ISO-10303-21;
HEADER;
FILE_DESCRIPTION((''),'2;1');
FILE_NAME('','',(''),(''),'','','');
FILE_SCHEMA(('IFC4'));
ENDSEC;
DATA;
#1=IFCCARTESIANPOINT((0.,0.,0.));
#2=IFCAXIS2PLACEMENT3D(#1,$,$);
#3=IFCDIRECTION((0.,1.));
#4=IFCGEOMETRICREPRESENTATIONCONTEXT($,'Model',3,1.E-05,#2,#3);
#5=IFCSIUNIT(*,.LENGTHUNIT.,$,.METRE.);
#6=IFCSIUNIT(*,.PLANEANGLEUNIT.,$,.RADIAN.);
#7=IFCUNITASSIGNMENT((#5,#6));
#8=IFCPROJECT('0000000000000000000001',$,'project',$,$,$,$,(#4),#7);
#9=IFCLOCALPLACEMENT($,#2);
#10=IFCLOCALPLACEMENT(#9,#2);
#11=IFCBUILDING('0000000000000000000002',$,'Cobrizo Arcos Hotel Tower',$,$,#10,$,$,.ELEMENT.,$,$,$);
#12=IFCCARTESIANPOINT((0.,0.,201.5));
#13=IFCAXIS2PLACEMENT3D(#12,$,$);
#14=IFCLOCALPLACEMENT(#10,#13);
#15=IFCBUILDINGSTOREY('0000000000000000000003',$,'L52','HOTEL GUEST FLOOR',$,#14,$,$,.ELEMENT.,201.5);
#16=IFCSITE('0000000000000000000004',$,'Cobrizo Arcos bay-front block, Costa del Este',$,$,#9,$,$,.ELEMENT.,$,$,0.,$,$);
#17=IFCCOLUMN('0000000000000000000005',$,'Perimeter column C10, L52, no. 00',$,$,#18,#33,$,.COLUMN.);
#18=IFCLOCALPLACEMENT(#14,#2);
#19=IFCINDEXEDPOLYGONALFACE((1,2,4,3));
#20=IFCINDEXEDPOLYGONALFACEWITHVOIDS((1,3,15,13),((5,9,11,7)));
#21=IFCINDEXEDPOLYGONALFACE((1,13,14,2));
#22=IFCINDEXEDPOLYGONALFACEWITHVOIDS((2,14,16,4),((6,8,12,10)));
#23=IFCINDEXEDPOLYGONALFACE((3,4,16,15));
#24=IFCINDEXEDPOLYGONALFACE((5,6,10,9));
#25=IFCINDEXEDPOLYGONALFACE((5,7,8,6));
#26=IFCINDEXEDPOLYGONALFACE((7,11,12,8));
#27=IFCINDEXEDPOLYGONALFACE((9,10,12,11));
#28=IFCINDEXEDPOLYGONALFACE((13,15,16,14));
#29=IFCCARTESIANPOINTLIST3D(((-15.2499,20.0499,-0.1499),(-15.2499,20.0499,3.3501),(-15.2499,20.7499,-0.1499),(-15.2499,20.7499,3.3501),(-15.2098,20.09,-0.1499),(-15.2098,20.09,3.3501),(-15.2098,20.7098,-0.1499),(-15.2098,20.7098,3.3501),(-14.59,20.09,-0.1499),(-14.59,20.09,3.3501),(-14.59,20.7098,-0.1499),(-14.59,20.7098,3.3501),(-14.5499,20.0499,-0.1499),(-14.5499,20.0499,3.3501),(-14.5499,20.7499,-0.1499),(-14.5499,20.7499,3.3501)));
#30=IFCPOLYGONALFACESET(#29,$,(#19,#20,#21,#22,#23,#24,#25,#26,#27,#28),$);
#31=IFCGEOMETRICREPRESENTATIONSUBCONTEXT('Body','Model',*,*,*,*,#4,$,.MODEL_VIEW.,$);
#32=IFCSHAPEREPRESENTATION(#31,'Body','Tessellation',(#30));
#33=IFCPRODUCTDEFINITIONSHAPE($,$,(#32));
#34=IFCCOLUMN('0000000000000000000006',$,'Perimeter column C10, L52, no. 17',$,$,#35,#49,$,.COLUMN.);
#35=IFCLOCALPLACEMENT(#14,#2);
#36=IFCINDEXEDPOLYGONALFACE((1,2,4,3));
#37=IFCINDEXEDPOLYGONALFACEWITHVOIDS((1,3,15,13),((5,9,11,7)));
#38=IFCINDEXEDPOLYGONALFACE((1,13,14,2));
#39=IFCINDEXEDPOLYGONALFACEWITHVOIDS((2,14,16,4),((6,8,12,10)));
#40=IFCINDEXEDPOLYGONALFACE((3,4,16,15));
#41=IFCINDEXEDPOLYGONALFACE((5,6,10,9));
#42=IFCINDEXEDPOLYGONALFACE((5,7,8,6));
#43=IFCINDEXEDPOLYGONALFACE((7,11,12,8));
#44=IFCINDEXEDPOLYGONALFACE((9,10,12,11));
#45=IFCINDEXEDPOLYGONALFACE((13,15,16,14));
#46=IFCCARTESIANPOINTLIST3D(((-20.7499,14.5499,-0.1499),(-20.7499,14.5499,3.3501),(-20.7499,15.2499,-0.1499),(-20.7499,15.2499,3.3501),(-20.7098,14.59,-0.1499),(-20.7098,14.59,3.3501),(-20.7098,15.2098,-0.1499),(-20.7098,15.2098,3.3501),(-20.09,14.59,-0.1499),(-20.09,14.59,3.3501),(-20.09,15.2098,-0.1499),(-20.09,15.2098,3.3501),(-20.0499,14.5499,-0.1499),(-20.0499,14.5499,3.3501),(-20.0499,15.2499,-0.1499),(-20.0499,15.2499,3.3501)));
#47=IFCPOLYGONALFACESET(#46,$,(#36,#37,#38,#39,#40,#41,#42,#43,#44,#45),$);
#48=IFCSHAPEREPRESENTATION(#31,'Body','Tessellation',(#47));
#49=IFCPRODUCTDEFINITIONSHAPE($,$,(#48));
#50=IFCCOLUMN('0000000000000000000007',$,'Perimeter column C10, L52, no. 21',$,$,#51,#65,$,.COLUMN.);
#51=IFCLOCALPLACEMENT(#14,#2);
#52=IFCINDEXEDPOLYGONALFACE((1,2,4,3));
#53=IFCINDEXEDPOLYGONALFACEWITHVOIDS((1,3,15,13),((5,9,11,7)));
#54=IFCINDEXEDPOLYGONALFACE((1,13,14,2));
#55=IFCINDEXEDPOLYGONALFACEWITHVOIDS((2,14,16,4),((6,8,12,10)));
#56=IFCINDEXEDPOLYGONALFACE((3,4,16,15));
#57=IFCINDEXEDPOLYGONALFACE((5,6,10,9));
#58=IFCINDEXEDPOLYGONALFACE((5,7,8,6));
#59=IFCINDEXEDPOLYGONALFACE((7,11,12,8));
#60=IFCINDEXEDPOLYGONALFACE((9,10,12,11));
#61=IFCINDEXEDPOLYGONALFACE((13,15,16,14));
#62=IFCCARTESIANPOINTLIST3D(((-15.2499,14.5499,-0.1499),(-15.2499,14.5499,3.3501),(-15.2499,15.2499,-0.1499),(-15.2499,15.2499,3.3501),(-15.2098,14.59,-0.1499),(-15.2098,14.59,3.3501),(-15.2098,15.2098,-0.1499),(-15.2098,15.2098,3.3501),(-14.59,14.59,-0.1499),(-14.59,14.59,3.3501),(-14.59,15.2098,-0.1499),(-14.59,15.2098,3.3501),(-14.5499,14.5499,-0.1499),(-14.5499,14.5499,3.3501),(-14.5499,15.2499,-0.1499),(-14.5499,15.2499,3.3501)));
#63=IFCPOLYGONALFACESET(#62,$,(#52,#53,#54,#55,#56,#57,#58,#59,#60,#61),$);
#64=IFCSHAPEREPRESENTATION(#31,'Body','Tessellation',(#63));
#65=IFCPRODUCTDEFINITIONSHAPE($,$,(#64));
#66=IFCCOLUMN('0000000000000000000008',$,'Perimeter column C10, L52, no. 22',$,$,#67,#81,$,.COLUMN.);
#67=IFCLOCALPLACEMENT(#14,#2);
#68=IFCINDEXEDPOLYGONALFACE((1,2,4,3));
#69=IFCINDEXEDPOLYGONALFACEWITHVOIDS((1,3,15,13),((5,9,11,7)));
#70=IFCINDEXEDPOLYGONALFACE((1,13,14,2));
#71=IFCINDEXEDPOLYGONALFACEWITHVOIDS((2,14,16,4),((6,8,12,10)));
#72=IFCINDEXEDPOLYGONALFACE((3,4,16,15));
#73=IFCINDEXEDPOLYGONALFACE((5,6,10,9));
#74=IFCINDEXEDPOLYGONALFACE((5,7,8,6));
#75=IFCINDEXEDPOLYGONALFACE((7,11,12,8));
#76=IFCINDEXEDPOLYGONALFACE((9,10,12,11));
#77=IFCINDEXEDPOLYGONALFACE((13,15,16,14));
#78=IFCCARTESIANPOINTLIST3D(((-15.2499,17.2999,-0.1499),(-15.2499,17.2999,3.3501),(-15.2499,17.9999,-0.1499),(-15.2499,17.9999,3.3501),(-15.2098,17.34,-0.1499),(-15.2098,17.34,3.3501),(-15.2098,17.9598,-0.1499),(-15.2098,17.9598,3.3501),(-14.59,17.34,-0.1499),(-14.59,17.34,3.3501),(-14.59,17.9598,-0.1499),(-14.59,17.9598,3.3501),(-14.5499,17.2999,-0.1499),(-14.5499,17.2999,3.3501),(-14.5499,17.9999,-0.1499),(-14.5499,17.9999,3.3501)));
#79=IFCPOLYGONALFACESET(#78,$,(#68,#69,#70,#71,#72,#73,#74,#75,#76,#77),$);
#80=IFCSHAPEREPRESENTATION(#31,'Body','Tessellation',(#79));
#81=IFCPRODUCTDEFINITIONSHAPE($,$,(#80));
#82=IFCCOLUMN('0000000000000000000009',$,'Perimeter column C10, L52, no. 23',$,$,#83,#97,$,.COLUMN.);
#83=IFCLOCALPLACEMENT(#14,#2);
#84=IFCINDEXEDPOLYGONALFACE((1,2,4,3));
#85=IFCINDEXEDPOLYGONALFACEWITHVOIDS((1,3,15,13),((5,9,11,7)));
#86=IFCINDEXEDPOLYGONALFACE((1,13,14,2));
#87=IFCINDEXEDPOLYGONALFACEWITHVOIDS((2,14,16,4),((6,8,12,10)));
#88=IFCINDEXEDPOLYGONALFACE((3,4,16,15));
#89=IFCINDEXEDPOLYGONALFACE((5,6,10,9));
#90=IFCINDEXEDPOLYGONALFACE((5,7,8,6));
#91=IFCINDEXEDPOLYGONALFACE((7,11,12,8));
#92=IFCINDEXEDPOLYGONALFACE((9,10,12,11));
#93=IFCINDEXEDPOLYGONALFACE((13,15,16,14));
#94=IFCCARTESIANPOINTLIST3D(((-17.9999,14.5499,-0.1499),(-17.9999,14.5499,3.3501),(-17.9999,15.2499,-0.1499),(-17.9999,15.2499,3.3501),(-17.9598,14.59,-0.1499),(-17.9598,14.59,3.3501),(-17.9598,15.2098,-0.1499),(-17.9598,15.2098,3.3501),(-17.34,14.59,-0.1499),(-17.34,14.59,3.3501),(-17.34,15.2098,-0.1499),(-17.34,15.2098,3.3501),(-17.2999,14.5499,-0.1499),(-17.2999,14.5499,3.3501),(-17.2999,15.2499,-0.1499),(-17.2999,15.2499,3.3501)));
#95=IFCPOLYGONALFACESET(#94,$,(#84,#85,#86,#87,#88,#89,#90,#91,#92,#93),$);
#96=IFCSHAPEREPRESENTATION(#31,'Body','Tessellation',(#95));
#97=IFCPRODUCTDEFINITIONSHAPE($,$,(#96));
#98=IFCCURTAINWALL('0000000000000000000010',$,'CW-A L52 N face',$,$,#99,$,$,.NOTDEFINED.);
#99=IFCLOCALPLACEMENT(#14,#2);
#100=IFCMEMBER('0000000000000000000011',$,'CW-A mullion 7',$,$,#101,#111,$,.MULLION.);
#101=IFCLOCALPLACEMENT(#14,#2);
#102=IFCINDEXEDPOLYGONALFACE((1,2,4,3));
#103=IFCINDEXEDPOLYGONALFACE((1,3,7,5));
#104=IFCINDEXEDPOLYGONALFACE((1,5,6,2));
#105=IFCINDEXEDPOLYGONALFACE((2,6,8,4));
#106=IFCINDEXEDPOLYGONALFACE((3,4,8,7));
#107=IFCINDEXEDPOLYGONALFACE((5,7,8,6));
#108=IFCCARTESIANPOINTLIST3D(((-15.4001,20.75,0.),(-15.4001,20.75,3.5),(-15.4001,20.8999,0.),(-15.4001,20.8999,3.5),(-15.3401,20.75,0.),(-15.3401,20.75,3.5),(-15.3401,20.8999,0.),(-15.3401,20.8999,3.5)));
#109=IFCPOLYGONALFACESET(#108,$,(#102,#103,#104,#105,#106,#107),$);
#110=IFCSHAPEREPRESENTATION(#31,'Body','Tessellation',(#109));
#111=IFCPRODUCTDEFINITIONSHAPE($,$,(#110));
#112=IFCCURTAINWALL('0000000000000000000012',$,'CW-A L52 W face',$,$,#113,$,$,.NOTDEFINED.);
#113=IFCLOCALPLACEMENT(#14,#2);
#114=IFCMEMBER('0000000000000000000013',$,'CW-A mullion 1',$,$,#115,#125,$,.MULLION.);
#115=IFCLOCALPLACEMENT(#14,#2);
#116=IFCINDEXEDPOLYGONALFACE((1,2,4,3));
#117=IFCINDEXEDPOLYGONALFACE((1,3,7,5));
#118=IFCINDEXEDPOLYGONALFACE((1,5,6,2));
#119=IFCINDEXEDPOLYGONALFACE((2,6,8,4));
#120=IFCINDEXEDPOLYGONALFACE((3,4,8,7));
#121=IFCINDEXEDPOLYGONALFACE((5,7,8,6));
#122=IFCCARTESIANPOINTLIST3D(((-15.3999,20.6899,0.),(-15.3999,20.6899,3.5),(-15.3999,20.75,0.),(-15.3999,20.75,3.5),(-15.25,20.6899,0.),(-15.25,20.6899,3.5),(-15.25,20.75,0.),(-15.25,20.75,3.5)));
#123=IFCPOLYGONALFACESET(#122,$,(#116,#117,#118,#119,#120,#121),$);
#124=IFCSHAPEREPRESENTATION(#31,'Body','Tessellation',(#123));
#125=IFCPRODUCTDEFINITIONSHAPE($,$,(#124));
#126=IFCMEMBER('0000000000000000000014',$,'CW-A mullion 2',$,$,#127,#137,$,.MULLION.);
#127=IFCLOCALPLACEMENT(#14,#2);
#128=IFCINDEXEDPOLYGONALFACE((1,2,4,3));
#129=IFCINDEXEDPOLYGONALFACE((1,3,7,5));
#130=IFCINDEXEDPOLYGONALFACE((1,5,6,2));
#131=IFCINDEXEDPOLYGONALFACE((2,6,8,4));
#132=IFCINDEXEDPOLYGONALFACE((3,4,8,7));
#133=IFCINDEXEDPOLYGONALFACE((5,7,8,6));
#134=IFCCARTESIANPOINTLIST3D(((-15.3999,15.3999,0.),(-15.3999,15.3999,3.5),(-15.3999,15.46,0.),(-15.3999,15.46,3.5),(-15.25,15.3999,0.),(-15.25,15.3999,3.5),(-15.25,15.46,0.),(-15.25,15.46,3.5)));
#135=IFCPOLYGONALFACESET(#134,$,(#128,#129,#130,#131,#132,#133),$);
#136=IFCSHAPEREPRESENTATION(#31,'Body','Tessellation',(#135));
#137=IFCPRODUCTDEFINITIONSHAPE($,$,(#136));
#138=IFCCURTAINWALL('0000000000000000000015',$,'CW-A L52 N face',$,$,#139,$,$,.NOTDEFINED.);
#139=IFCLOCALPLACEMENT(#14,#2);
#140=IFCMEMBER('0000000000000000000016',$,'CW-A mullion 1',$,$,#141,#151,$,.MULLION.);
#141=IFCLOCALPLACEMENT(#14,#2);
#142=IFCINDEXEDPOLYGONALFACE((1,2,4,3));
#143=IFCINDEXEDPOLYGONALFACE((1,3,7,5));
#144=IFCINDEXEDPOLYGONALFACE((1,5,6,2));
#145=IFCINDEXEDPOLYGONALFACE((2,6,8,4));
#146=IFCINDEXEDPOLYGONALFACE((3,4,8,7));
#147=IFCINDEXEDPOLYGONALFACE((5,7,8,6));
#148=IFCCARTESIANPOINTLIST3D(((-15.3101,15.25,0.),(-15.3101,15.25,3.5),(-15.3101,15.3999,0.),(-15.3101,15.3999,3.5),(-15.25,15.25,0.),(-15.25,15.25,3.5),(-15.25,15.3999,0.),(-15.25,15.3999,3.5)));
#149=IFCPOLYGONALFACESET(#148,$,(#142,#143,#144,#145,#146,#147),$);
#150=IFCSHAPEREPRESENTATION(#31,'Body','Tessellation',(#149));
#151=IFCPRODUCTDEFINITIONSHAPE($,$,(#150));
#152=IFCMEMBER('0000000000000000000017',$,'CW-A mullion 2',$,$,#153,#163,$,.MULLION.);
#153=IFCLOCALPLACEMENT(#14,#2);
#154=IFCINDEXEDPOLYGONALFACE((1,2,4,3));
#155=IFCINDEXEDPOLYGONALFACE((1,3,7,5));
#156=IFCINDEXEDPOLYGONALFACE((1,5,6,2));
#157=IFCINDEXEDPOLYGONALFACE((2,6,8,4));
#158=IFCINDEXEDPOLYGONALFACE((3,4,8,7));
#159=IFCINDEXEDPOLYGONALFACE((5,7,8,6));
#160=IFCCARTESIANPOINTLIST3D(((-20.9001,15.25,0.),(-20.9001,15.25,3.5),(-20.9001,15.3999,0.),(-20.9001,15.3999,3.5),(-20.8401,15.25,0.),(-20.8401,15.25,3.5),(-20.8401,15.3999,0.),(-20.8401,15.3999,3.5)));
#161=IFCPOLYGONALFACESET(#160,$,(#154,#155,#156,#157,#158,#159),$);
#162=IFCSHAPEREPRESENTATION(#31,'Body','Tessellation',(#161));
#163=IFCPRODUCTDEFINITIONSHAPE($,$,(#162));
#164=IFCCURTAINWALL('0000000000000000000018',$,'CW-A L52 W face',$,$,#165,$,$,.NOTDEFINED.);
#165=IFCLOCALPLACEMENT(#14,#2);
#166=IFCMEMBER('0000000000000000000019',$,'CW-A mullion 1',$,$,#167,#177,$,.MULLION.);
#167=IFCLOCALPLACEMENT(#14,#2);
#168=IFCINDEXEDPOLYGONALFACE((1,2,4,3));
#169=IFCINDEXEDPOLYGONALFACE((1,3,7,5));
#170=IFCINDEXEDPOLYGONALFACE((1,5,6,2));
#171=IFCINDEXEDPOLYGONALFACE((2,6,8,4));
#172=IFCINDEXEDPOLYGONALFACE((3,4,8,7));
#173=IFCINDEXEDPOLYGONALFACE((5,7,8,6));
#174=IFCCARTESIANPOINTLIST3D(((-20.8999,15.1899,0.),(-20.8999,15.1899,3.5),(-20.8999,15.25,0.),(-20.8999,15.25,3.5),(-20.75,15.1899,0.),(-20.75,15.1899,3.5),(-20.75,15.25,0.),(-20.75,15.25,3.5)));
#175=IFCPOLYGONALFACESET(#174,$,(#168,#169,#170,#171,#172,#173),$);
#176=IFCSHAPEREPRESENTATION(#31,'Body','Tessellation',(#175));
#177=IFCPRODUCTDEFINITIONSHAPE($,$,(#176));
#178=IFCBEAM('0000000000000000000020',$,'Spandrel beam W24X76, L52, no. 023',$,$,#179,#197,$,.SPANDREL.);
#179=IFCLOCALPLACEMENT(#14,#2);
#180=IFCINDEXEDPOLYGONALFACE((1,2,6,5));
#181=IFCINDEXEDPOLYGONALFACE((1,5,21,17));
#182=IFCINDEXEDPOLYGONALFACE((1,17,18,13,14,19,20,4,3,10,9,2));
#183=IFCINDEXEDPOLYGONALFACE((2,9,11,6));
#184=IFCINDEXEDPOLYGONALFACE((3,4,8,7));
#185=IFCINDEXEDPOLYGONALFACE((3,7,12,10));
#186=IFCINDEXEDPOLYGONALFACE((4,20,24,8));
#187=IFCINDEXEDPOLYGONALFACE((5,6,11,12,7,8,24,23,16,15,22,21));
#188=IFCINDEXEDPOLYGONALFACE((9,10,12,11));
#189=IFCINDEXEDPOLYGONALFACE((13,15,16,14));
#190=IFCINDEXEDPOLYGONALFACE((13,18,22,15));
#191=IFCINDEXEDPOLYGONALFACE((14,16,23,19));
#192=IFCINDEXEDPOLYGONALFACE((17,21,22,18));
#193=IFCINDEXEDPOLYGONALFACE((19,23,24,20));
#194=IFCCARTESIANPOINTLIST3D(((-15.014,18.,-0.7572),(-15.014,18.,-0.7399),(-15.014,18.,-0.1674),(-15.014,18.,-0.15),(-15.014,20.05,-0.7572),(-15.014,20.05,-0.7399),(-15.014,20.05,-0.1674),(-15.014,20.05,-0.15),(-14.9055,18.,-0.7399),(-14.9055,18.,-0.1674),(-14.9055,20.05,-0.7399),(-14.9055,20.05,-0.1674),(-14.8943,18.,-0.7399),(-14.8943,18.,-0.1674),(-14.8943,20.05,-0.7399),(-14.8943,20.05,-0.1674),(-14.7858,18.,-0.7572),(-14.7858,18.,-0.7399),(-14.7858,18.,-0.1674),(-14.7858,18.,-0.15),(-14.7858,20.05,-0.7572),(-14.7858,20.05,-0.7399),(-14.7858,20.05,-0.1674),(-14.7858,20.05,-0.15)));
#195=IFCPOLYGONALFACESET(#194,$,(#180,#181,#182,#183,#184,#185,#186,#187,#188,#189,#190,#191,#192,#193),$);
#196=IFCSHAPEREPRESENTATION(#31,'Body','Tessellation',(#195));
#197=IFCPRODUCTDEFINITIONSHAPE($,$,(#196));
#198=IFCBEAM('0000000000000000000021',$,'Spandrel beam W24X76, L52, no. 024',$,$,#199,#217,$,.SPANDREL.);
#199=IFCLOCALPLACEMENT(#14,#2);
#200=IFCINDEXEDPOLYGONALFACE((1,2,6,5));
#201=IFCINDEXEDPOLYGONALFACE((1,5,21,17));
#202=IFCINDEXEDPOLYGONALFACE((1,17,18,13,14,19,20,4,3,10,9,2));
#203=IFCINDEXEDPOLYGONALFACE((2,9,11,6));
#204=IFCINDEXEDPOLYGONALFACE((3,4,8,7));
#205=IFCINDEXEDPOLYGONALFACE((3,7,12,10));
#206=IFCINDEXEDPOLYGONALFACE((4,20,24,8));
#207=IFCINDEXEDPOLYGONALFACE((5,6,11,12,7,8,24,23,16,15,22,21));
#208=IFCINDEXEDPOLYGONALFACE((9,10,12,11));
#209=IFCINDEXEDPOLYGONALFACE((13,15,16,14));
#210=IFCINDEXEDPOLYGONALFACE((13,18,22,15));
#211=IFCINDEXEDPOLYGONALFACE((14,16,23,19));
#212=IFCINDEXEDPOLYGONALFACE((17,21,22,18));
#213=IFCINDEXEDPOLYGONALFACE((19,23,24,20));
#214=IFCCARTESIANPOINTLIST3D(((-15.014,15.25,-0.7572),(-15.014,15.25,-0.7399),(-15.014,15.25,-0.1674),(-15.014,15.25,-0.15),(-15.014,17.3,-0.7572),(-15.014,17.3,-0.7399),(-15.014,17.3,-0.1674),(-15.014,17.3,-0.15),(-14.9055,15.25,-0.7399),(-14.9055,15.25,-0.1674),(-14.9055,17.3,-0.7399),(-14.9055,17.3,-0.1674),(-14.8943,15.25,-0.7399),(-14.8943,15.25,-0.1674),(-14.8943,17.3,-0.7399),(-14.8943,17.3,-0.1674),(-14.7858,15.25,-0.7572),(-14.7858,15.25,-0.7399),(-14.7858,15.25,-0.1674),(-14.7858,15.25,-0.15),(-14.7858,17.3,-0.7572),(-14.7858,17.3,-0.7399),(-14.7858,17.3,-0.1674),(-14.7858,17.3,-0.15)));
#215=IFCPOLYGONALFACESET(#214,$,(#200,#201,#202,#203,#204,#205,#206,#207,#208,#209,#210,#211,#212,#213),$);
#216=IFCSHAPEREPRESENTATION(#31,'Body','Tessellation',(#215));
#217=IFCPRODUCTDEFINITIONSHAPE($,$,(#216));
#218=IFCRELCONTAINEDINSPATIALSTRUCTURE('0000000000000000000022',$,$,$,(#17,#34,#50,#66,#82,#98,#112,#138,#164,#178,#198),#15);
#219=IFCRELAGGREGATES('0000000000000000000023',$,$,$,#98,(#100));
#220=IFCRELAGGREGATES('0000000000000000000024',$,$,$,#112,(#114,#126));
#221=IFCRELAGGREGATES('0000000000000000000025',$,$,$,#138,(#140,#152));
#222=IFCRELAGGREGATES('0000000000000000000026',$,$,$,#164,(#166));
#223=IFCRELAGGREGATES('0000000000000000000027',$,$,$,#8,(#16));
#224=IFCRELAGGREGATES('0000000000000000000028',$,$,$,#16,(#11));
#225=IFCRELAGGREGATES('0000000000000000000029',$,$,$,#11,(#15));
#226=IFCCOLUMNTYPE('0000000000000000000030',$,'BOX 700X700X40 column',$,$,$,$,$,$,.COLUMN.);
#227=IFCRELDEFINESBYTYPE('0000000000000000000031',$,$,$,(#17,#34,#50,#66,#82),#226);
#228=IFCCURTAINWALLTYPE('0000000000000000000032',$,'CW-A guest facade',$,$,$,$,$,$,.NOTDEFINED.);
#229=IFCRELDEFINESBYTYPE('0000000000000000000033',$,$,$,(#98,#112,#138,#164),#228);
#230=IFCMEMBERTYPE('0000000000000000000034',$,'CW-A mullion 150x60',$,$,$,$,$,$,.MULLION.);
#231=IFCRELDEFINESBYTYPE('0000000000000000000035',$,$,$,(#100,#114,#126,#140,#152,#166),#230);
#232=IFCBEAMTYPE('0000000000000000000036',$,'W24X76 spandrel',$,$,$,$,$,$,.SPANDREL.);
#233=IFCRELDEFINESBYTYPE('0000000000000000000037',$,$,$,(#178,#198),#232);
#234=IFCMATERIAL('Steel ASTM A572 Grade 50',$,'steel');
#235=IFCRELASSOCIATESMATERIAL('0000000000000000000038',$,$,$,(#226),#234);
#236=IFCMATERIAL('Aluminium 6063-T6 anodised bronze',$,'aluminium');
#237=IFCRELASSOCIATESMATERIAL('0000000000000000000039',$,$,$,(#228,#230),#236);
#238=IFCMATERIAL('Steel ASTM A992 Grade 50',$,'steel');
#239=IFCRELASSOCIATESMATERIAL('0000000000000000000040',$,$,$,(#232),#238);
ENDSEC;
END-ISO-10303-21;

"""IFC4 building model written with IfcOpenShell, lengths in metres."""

from ifc_helpers import new_model, si_unit, direction, frame, origin, origin_2d, place, context, subcontext, project, spatial, rectangle, hollow_rectangle, i_section, extrude, material, material_profile, profile_set, type_object, element, aggregate, save


model = new_model("IFC4")

# Units and contexts
model_context = context("Model", 3, precision=1e-05, world=origin(), true_north=direction((0.0, 1.0)))
body_context = subcontext(model_context, "Body", "Model", "MODEL_VIEW")
ifc_project = project(units=[si_unit("LENGTHUNIT", "METRE"), si_unit("PLANEANGLEUNIT", "RADIAN")], contexts=[model_context])

# Site, building, storey
site_placement = place(None, origin())
site = spatial("IfcSite", under=ifc_project, at=site_placement, Name="Cobrizo Arcos bay-front block, Costa del Este", CompositionType="ELEMENT", RefElevation=0.0)
building_placement = place(site_placement, origin())
building = spatial("IfcBuilding", under=site, at=building_placement, Name="Cobrizo Arcos Hotel Tower", CompositionType="ELEMENT")
storey_placement = place(building_placement, frame((0.0, 0.0, 201.5)))
storey = spatial("IfcBuildingStorey", under=building, at=storey_placement, Name="L52", Description="HOTEL GUEST FLOOR", CompositionType="ELEMENT", Elevation=201.5)

# Columns
ifc_material_1 = material(Name="Steel ASTM A572 Grade 50", Category="steel")
ifc_material_profile_1 = material_profile(ifc_material_1, hollow_rectangle(XDim=0.7, YDim=0.7, WallThickness=0.04, at=origin_2d()), Name="BOX 700X700X40")
ifc_profile_set_1 = profile_set([ifc_material_profile_1], Name="Steel ASTM A572 Grade 50")
column_type = type_object("IfcColumnType", Name="BOX 700X700X40 column", PredefinedType="COLUMN", material=ifc_profile_set_1)
for number, where, z_axis, x_axis, name in (
    (1, (-14.8999, 20.3999, -0.1499), (0.0, 0.0, 1.0), (1.0, 0.0, 0.0), "Perimeter column C10, L52, no. 00"),
    (2, (-20.3999, 14.8999, -0.1499), (0.0, 0.0, 1.0), (1.0, 0.0, 0.0), "Perimeter column C10, L52, no. 17"),
    (3, (-14.8999, 14.8999, -0.1499), (0.0, 0.0, 1.0), (1.0, 0.0, 0.0), "Perimeter column C10, L52, no. 21"),
    (4, (-14.8999, 17.6499, -0.1499), (0.0, 0.0, 1.0), (1.0, 0.0, 0.0), "Perimeter column C10, L52, no. 22"),
    (5, (-17.6499, 14.8999, -0.1499), (0.0, 0.0, 1.0), (1.0, 0.0, 0.0), "Perimeter column C10, L52, no. 23"),
):
    element("IfcColumn", number, at=place(storey_placement, frame(where, z_axis=z_axis, x_axis=x_axis)), inside=storey, type_object=column_type, Name=name, PredefinedType="COLUMN", context=body_context, shape_type="SweptSolid", body=[
        extrude(hollow_rectangle(XDim=0.7, YDim=0.7, WallThickness=0.04, at=origin_2d()), origin(), (0.0, 0.0, 1.0), 3.5),
    ])

# Curtain wall, member
ifc_material_2 = material(Name="Aluminium 6063-T6 anodised bronze", Category="aluminium")
curtain_wall_type = type_object("IfcCurtainWallType", Name="CW-A guest facade", PredefinedType="NOTDEFINED", material=ifc_material_2)
curtain_wall_1_placement = place(storey_placement, origin())
curtain_wall_1 = element("IfcCurtainWall", 6, at=curtain_wall_1_placement, inside=storey, type_object=curtain_wall_type, Name="CW-A L52 N face", PredefinedType="NOTDEFINED")
ifc_material_profile_2 = material_profile(ifc_material_2, rectangle(XDim=0.1499, YDim=0.0601, at=origin_2d()), Name="CW-A mullion 150x60")
ifc_profile_set_2 = profile_set([ifc_material_profile_2], Name="Aluminium 6063-T6 anodised bronze")
member_type = type_object("IfcMemberType", Name="CW-A mullion 150x60", PredefinedType="MULLION", material=ifc_profile_set_2)
member_1_placement = place(storey_placement, frame((-15.3701, 20.825, 0.0), z_axis=(0.0, 0.0, 1.0), x_axis=(0.0, 1.0, 0.0)))
member_1 = element("IfcMember", 7, at=member_1_placement, type_object=member_type, Name="CW-A mullion 7", PredefinedType="MULLION", context=body_context, shape_type="SweptSolid", body=[
    extrude(rectangle(XDim=0.1499, YDim=0.0601, at=origin_2d()), origin(), (0.0, 0.0, 1.0), 3.5),
])
aggregate(curtain_wall_1, [member_1])

# Curtain walls, members
curtain_wall_2_placement = place(storey_placement, origin())
curtain_wall_2 = element("IfcCurtainWall", 8, at=curtain_wall_2_placement, inside=storey, type_object=curtain_wall_type, Name="CW-A L52 W face", PredefinedType="NOTDEFINED")
member_2_placement = place(storey_placement, frame((-15.325, 20.72, 0.0), z_axis=(0.0, 0.0, 1.0), x_axis=(-1.0, 0.0, 0.0)))
member_2 = element("IfcMember", 9, at=member_2_placement, type_object=member_type, Name="CW-A mullion 1", PredefinedType="MULLION", context=body_context, shape_type="SweptSolid", body=[
    extrude(rectangle(XDim=0.1499, YDim=0.0601, at=origin_2d()), origin(), (0.0, 0.0, 1.0), 3.5),
])
member_3_placement = place(storey_placement, frame((-15.325, 15.4299, 0.0), z_axis=(0.0, 0.0, 1.0), x_axis=(-1.0, 0.0, 0.0)))
member_3 = element("IfcMember", 10, at=member_3_placement, type_object=member_type, Name="CW-A mullion 2", PredefinedType="MULLION", context=body_context, shape_type="SweptSolid", body=[
    extrude(rectangle(XDim=0.1499, YDim=0.0601, at=origin_2d()), origin(), (0.0, 0.0, 1.0), 3.5),
])
curtain_wall_3_placement = place(storey_placement, origin())
curtain_wall_3 = element("IfcCurtainWall", 11, at=curtain_wall_3_placement, inside=storey, type_object=curtain_wall_type, Name="CW-A L52 N face", PredefinedType="NOTDEFINED")
member_4_placement = place(storey_placement, frame((-15.28, 15.325, 0.0), z_axis=(0.0, 0.0, 1.0), x_axis=(0.0, 1.0, 0.0)))
member_4 = element("IfcMember", 12, at=member_4_placement, type_object=member_type, Name="CW-A mullion 1", PredefinedType="MULLION", context=body_context, shape_type="SweptSolid", body=[
    extrude(rectangle(XDim=0.1499, YDim=0.0601, at=origin_2d()), origin(), (0.0, 0.0, 1.0), 3.5),
])
member_5_placement = place(storey_placement, frame((-20.8701, 15.325, 0.0), z_axis=(0.0, 0.0, 1.0), x_axis=(0.0, 1.0, 0.0)))
member_5 = element("IfcMember", 13, at=member_5_placement, type_object=member_type, Name="CW-A mullion 2", PredefinedType="MULLION", context=body_context, shape_type="SweptSolid", body=[
    extrude(rectangle(XDim=0.1499, YDim=0.0601, at=origin_2d()), origin(), (0.0, 0.0, 1.0), 3.5),
])

# Curtain wall, member
curtain_wall_4_placement = place(storey_placement, origin())
curtain_wall_4 = element("IfcCurtainWall", 14, at=curtain_wall_4_placement, inside=storey, type_object=curtain_wall_type, Name="CW-A L52 W face", PredefinedType="NOTDEFINED")
member_6_placement = place(storey_placement, frame((-20.825, 15.22, 0.0), z_axis=(0.0, 0.0, 1.0), x_axis=(-1.0, 0.0, 0.0)))
member_6 = element("IfcMember", 15, at=member_6_placement, type_object=member_type, Name="CW-A mullion 1", PredefinedType="MULLION", context=body_context, shape_type="SweptSolid", body=[
    extrude(rectangle(XDim=0.1499, YDim=0.0601, at=origin_2d()), origin(), (0.0, 0.0, 1.0), 3.5),
])

# Beams
ifc_material_3 = material(Name="Steel ASTM A992 Grade 50", Category="steel")
ifc_material_profile_3 = material_profile(ifc_material_3, i_section(OverallWidth=0.2283, OverallDepth=0.6072, WebThickness=0.0112, FlangeThickness=0.0173, at=origin_2d()), Name="W24X76")
ifc_profile_set_3 = profile_set([ifc_material_profile_3], Name="Steel ASTM A992 Grade 50")
beam_type = type_object("IfcBeamType", Name="W24X76 spandrel", PredefinedType="SPANDREL", material=ifc_profile_set_3)
for number, where, z_axis, x_axis, name in (
    (16, (-14.8999, 20.05, -0.4536), (0.0, -1.0, 0.0), (1.0, 0.0, 0.0), "Spandrel beam W24X76, L52, no. 023"),
    (17, (-14.8999, 17.3, -0.4536), (0.0, -1.0, 0.0), (1.0, 0.0, 0.0), "Spandrel beam W24X76, L52, no. 024"),
):
    element("IfcBeam", number, at=place(storey_placement, frame(where, z_axis=z_axis, x_axis=x_axis)), inside=storey, type_object=beam_type, Name=name, PredefinedType="SPANDREL", context=body_context, shape_type="SweptSolid", body=[
        extrude(i_section(OverallWidth=0.2283, OverallDepth=0.6072, WebThickness=0.0112, FlangeThickness=0.0173, at=origin_2d()), origin(), (0.0, 0.0, 1.0), 2.05),
    ])

aggregate(curtain_wall_2, [member_2, member_3])
aggregate(curtain_wall_3, [member_4, member_5])
aggregate(curtain_wall_4, [member_6])

save(model, "model.ifc")
